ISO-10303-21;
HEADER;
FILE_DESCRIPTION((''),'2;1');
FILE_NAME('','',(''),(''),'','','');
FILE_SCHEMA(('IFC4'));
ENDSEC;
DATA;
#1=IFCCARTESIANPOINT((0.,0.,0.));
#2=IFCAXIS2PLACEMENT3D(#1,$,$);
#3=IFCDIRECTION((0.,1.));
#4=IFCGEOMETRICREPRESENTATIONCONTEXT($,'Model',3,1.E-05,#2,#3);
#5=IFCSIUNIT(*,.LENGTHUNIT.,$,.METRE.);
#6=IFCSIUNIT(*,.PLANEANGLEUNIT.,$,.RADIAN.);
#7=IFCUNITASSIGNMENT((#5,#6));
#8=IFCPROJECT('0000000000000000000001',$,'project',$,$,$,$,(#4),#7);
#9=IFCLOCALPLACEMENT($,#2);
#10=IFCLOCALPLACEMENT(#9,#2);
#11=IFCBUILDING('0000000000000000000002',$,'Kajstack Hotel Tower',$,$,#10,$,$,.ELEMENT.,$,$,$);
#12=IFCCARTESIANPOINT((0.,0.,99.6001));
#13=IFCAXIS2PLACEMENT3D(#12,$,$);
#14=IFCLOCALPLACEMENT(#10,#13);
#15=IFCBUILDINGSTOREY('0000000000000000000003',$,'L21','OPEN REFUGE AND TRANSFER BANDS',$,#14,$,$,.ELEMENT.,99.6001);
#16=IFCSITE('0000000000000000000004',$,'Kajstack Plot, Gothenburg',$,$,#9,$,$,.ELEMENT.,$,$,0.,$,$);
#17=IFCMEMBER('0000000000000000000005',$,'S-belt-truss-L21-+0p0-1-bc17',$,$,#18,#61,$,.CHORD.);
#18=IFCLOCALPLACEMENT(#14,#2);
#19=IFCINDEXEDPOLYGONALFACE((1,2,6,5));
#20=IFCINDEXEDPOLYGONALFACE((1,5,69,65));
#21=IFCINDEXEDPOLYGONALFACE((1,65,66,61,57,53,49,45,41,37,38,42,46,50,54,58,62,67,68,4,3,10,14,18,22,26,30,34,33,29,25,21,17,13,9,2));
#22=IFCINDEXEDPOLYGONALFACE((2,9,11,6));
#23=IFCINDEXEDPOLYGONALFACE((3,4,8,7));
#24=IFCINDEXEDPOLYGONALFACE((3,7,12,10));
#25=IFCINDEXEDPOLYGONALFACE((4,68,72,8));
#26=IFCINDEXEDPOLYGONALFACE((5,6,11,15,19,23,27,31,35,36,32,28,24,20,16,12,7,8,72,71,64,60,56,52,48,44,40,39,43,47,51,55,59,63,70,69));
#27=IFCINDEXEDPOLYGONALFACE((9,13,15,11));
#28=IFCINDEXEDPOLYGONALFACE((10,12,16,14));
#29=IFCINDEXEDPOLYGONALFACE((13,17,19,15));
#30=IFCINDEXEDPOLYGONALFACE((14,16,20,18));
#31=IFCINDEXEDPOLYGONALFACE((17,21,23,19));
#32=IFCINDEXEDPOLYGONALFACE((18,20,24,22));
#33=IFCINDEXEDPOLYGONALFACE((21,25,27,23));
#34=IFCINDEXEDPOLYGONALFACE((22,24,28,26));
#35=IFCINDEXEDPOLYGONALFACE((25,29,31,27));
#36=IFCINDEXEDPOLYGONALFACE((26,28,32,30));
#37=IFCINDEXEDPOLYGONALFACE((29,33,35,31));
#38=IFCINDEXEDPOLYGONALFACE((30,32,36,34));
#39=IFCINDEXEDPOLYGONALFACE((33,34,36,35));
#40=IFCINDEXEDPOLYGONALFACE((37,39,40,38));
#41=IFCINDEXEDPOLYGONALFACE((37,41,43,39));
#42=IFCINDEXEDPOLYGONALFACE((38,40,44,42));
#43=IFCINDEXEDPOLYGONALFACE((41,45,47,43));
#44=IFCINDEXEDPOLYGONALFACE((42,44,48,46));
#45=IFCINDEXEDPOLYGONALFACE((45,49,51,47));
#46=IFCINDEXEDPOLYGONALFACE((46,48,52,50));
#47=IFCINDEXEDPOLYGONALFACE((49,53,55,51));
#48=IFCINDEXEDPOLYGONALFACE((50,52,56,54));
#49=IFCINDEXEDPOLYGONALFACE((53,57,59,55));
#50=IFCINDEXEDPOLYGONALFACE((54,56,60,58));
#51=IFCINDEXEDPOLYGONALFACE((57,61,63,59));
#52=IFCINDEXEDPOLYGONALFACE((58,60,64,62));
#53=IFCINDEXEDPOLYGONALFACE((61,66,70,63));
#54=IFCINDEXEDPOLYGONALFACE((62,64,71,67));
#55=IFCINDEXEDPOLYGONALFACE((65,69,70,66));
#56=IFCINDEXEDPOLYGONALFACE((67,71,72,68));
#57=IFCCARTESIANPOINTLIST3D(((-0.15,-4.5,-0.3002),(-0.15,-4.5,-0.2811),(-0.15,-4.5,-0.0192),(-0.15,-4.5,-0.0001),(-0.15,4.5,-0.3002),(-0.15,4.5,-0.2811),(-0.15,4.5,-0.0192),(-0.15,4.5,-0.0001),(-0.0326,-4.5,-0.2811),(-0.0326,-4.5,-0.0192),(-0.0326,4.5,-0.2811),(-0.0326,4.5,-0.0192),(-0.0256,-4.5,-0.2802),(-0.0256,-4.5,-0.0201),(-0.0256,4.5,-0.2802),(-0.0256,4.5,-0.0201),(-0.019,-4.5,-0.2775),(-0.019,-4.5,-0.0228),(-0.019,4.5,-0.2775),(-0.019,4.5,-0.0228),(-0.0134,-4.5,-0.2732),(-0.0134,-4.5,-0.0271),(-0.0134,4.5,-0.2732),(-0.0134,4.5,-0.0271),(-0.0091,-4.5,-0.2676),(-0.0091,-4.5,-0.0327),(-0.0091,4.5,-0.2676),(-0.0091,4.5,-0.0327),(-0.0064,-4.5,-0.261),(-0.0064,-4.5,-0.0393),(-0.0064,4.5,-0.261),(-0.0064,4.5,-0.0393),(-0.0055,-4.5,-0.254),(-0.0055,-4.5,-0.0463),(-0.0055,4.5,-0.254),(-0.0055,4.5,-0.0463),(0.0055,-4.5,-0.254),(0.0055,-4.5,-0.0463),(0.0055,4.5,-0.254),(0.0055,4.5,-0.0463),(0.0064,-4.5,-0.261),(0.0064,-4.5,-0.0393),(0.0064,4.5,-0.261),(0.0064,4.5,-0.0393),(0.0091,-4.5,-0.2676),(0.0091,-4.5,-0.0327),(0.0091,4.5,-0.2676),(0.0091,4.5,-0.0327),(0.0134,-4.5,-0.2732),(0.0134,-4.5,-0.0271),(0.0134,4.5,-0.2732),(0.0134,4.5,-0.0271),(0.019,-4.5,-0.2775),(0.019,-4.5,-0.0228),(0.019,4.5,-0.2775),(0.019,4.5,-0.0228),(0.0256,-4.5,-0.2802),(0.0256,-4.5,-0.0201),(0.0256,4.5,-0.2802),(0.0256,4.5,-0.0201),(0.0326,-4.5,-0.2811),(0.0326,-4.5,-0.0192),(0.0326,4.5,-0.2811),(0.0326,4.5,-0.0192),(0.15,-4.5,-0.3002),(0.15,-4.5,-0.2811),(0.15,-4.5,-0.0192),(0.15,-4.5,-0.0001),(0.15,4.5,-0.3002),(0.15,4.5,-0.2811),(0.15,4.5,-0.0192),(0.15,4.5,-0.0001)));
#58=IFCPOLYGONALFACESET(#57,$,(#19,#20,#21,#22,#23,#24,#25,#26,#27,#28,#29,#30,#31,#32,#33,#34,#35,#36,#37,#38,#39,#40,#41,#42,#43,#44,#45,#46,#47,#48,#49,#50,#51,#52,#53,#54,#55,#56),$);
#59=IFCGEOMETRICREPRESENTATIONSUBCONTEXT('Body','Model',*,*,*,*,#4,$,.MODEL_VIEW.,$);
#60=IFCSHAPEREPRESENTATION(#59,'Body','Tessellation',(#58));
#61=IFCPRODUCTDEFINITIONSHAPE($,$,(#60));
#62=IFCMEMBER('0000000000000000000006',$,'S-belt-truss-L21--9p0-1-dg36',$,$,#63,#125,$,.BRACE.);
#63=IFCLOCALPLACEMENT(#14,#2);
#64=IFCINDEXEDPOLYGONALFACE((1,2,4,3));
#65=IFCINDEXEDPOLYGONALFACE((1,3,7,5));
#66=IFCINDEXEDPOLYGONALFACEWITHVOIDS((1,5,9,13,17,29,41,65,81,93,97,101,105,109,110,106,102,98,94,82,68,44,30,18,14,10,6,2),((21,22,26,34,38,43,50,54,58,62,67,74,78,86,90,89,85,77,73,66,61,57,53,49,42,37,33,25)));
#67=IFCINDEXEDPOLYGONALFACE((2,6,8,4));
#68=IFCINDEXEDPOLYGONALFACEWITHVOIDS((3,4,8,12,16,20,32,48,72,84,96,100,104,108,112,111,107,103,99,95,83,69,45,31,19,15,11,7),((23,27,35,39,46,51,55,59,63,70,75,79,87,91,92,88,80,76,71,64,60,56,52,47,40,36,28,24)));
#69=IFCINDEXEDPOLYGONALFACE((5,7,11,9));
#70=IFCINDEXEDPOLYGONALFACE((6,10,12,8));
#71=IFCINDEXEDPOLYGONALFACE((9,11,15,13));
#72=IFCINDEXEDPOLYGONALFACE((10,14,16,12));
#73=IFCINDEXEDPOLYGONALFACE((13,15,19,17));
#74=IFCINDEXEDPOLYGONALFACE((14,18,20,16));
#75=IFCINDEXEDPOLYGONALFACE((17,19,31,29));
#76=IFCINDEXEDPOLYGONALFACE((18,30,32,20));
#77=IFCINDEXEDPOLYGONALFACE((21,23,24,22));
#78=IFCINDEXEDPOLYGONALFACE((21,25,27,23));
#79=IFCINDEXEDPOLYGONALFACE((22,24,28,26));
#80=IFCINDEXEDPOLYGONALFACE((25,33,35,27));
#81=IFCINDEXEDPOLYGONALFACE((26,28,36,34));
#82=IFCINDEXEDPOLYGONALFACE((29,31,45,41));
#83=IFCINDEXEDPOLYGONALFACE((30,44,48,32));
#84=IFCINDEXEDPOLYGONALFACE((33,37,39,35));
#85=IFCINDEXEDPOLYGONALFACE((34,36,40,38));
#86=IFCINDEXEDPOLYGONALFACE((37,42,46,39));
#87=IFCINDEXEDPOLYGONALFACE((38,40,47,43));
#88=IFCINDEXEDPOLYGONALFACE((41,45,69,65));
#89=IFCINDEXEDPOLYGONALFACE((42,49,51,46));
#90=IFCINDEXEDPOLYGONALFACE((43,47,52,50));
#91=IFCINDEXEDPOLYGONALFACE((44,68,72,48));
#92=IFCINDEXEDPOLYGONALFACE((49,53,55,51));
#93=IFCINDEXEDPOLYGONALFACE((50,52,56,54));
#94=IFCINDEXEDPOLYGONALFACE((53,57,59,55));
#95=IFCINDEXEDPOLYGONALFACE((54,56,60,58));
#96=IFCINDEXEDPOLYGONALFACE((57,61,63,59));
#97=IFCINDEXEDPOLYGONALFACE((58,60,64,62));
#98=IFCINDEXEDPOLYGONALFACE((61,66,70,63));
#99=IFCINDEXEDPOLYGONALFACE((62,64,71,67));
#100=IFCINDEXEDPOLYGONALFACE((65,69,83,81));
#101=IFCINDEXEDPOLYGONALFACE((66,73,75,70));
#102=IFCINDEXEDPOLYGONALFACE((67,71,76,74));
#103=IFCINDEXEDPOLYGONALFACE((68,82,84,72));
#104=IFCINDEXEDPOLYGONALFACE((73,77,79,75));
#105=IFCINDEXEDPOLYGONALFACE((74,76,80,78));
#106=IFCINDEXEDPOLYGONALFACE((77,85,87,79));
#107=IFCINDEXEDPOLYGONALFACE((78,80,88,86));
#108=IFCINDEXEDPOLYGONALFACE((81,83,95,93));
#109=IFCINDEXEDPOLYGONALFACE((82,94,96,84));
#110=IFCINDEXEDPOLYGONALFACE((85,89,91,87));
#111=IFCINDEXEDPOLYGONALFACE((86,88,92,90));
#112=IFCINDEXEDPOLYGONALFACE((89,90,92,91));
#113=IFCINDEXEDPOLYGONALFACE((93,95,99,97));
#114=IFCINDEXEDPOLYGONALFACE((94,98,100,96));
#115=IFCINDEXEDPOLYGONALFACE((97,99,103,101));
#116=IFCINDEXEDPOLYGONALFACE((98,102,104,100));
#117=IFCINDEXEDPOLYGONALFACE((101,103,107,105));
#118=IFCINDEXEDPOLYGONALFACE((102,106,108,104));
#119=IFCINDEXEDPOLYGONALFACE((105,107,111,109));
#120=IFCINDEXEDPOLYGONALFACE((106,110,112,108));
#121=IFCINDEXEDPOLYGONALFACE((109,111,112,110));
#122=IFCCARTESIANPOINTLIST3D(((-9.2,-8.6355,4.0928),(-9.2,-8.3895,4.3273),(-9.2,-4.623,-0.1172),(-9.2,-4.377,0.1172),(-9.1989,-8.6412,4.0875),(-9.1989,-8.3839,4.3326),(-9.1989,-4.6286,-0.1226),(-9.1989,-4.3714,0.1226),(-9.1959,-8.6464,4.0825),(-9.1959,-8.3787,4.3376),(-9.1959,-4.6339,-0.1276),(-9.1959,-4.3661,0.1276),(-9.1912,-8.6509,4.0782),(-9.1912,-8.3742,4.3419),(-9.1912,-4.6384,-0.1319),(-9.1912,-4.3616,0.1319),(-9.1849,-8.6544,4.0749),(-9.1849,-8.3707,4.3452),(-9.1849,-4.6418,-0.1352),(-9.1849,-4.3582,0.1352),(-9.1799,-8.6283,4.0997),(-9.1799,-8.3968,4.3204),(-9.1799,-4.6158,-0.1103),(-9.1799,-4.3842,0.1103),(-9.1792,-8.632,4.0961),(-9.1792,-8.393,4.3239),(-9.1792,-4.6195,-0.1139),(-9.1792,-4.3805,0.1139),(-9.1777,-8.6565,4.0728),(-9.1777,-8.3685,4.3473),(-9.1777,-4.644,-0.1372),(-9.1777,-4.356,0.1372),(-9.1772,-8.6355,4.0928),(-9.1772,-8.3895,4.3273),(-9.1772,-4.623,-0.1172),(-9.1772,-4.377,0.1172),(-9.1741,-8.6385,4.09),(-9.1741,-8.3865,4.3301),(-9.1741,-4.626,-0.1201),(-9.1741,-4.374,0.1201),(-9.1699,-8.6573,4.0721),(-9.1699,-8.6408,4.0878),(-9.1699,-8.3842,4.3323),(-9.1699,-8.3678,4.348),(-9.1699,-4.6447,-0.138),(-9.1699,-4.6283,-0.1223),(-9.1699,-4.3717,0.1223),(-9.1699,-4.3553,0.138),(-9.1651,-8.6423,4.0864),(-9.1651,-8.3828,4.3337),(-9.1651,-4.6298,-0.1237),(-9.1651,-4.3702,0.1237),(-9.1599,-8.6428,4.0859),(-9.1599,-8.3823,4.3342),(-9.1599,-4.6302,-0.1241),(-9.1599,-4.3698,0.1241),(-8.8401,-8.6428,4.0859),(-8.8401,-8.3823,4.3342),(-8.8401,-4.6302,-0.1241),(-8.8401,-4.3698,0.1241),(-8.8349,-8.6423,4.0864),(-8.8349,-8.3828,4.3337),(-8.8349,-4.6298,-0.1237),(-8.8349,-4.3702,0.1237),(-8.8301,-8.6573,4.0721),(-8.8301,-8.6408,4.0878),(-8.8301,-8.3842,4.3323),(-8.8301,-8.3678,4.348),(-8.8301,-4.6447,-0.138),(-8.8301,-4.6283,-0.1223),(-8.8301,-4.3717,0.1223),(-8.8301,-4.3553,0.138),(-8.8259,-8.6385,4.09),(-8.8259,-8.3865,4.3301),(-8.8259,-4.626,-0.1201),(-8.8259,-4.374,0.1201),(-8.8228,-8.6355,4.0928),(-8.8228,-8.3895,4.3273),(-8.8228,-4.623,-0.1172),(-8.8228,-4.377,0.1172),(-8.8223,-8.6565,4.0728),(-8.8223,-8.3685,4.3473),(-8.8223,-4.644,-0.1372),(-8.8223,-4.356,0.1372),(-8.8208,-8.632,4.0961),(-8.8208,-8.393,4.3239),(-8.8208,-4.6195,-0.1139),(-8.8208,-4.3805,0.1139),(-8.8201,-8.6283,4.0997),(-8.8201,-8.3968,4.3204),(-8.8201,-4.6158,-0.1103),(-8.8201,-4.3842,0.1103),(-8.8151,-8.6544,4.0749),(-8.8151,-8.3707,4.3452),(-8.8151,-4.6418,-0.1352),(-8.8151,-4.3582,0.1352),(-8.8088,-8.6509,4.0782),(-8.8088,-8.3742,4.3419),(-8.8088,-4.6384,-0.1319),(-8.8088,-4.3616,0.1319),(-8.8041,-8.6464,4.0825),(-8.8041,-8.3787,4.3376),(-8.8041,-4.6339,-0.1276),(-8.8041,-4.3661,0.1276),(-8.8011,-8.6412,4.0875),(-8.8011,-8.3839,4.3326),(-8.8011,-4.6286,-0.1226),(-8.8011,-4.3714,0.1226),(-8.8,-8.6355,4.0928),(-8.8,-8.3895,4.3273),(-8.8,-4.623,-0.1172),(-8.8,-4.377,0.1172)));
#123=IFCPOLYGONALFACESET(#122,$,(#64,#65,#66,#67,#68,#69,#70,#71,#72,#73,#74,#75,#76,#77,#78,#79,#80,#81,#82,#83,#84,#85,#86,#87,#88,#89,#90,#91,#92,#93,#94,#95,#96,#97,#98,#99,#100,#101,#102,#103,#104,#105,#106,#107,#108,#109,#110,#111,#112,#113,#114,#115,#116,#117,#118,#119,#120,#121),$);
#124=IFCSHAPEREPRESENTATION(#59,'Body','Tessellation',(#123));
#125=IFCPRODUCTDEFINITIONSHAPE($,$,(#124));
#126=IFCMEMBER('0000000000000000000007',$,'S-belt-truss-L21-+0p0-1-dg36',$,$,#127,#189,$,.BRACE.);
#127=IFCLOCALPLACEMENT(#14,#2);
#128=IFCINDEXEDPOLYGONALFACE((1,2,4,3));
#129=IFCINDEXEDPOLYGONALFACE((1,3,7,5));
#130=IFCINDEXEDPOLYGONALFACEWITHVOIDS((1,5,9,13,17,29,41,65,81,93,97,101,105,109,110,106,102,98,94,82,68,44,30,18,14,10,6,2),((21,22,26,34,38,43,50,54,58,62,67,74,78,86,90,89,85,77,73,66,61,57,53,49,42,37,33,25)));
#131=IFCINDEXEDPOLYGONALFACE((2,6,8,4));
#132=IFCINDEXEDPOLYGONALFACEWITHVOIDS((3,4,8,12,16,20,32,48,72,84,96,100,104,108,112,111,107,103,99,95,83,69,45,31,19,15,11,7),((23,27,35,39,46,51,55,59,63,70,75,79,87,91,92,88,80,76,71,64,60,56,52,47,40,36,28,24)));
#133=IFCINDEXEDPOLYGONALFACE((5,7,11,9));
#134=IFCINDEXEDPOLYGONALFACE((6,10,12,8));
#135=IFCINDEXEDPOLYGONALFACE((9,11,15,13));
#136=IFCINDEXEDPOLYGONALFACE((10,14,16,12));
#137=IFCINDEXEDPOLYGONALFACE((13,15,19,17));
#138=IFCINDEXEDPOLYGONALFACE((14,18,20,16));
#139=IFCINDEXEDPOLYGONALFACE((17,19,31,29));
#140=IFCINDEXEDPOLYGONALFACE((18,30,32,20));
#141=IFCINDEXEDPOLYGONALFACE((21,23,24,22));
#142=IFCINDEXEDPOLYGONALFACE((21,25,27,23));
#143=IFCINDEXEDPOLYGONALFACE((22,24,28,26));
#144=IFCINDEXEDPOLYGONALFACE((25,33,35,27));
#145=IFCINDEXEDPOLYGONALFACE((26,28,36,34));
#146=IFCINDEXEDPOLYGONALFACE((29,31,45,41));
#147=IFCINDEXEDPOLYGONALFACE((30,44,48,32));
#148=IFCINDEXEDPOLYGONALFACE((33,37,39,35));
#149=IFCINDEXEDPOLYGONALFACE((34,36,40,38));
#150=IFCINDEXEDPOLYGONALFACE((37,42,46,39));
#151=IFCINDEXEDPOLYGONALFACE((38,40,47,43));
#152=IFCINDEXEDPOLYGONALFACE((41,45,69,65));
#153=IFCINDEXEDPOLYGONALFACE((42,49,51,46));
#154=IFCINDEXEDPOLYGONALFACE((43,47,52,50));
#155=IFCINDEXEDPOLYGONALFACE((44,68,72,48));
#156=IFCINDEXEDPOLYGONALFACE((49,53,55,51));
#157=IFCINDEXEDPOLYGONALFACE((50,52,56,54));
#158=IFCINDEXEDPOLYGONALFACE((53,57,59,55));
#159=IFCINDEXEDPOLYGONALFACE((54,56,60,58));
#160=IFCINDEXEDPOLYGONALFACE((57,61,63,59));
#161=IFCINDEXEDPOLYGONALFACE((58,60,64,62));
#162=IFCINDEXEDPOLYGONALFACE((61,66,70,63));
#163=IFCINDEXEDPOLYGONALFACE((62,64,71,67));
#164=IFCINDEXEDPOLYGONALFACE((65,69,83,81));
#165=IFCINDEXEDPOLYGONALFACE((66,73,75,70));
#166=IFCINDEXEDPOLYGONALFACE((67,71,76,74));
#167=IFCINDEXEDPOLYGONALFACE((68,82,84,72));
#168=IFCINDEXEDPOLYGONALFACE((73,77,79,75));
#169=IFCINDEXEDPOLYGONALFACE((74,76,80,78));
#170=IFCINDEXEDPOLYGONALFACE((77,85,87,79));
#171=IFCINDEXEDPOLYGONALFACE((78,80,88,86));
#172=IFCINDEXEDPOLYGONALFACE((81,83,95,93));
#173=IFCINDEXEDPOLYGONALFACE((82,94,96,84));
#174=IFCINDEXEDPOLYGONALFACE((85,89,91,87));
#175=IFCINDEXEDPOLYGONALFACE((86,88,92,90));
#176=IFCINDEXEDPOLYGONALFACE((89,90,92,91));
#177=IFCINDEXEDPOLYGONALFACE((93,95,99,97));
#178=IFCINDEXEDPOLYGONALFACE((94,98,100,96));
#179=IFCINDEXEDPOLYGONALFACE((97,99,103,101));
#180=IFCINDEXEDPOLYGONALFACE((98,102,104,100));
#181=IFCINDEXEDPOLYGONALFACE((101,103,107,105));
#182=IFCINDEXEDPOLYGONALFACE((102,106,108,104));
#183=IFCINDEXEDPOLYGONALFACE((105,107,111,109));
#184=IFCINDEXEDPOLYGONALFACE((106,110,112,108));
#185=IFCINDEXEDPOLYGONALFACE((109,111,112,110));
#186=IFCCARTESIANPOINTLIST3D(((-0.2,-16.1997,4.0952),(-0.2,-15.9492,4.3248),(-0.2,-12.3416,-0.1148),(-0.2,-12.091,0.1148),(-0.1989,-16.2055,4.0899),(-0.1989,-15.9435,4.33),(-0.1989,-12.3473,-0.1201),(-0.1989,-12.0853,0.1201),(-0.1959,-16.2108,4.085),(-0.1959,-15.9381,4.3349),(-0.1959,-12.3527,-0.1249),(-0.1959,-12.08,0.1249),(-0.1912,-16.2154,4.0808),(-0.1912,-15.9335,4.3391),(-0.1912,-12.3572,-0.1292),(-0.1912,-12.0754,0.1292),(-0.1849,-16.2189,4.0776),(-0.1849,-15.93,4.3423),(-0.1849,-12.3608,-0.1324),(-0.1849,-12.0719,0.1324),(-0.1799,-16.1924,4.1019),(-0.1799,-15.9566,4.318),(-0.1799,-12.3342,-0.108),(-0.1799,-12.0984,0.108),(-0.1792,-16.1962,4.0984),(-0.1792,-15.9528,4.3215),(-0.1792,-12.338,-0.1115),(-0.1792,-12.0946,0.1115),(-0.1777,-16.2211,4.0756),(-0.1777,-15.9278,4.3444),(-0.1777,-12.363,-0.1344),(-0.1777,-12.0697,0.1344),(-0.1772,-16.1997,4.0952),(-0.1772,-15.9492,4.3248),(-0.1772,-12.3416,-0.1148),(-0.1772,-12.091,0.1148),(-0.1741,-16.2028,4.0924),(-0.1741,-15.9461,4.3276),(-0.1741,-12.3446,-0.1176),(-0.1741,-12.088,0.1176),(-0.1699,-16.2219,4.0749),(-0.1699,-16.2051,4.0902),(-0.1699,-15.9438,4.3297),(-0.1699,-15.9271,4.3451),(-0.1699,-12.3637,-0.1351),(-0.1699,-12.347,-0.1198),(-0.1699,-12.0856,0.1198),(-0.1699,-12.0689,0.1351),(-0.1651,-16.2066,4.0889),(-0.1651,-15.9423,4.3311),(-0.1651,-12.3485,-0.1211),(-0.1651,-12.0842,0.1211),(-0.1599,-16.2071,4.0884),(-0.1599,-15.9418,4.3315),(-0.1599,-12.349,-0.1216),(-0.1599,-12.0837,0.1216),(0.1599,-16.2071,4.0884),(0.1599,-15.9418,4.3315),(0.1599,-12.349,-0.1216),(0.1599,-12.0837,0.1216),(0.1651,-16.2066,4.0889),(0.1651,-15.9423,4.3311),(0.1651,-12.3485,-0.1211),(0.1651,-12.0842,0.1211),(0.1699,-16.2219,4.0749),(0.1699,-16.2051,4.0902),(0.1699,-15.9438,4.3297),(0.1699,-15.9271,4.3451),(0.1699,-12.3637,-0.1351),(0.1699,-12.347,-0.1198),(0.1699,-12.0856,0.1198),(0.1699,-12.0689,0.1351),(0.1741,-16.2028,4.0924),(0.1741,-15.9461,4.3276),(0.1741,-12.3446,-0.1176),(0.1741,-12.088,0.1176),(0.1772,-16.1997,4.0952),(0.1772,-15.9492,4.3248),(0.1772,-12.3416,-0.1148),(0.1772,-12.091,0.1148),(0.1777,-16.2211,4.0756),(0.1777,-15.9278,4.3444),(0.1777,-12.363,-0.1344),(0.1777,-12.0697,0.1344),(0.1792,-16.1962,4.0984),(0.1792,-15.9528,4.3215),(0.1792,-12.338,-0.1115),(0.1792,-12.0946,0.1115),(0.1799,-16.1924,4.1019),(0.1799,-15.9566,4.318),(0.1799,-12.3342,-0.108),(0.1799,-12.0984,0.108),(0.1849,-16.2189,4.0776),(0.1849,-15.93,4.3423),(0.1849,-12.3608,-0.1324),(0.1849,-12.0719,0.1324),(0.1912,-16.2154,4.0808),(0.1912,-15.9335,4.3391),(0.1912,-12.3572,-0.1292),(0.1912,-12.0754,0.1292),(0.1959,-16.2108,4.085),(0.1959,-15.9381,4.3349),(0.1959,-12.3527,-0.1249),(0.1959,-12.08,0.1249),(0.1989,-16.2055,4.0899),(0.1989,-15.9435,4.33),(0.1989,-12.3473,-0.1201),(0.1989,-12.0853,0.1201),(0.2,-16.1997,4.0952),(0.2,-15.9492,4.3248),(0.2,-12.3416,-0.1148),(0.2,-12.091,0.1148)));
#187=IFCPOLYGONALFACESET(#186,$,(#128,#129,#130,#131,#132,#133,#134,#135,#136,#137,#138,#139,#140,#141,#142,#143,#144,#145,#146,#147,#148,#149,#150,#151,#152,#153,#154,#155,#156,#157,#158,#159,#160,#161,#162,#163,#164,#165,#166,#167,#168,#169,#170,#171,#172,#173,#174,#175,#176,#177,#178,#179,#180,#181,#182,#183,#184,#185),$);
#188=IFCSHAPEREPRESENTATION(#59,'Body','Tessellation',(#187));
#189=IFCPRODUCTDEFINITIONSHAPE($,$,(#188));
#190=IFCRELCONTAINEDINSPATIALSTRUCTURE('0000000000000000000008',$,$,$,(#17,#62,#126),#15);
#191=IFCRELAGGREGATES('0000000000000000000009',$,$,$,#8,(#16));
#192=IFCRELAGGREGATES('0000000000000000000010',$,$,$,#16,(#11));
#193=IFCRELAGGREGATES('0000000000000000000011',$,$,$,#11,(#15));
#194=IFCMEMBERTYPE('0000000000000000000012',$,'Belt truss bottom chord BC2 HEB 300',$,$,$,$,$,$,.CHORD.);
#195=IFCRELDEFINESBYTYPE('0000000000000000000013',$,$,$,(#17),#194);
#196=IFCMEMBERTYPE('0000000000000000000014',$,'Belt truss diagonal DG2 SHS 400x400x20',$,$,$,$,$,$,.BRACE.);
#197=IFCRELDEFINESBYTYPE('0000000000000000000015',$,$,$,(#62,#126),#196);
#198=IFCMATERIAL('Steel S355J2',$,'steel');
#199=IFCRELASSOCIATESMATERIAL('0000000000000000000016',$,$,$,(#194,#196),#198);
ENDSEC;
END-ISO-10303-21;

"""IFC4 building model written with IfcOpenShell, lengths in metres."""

from ifc_helpers import new_model, si_unit, direction, frame, origin, origin_2d, place, context, subcontext, project, spatial, hollow_rectangle, i_section, extrude, material, material_profile, profile_set, type_object, element, save


model = new_model("IFC4")

# Units and contexts
model_context = context("Model", 3, precision=1e-05, world=origin(), true_north=direction((0.0, 1.0)))
body_context = subcontext(model_context, "Body", "Model", "MODEL_VIEW")
ifc_project = project(units=[si_unit("LENGTHUNIT", "METRE"), si_unit("PLANEANGLEUNIT", "RADIAN")], contexts=[model_context])

# Site, building, storey
site_placement = place(None, origin())
site = spatial("IfcSite", under=ifc_project, at=site_placement, Name="Kajstack Plot, Gothenburg", CompositionType="ELEMENT", RefElevation=0.0)
building_placement = place(site_placement, origin())
building = spatial("IfcBuilding", under=site, at=building_placement, Name="Kajstack Hotel Tower", CompositionType="ELEMENT")
storey_placement = place(building_placement, frame((0.0, 0.0, 99.6001)))
storey = spatial("IfcBuildingStorey", under=building, at=storey_placement, Name="L21", Description="OPEN REFUGE AND TRANSFER BANDS", CompositionType="ELEMENT", Elevation=99.6001)

# Members
ifc_material_1 = material(Name="Steel S355J2", Category="steel")
ifc_material_profile_1 = material_profile(ifc_material_1, i_section(OverallWidth=0.3, OverallDepth=0.3, WebThickness=0.011, FlangeThickness=0.019, FilletRadius=0.0271, at=origin_2d()), Name="HEB 300")
ifc_profile_set_1 = profile_set([ifc_material_profile_1], Name="Steel S355J2")
member_type_1 = type_object("IfcMemberType", Name="Belt truss bottom chord BC2 HEB 300", PredefinedType="CHORD", material=ifc_profile_set_1)
member_1_placement = place(storey_placement, frame((0.0, -4.5, -0.1501), z_axis=(0.0, 1.0, 0.0), x_axis=(-1.0, 0.0, 0.0)))
element("IfcMember", 1, at=member_1_placement, inside=storey, type_object=member_type_1, Name="S-belt-truss-L21-+0p0-1-bc17", PredefinedType="CHORD", context=body_context, shape_type="SweptSolid", body=[
    extrude(i_section(OverallWidth=0.3, OverallDepth=0.3, WebThickness=0.011, FlangeThickness=0.019, FilletRadius=0.0271, at=origin_2d()), origin(), (0.0, 0.0, 1.0), 9.0),
])
ifc_material_profile_2 = material_profile(ifc_material_1, hollow_rectangle(XDim=0.3999, YDim=0.3999, WallThickness=0.02, InnerFilletRadius=0.02, OuterFilletRadius=0.03, at=origin_2d()), Name="SHS 400x400x20")
ifc_profile_set_2 = profile_set([ifc_material_profile_2], Name="Steel S355J2")
member_type_2 = type_object("IfcMemberType", Name="Belt truss diagonal DG2 SHS 400x400x20", PredefinedType="BRACE", material=ifc_profile_set_2)
member_2_placement = place(storey_placement, frame((-9.0, -4.5, 0.0), z_axis=(0.0, -0.689922, 0.723883), x_axis=(1.0, 0.0, 0.0)))
element("IfcMember", 2, at=member_2_placement, inside=storey, type_object=member_type_2, Name="S-belt-truss-L21--9p0-1-dg36", PredefinedType="BRACE", context=body_context, shape_type="SweptSolid", body=[
    extrude(hollow_rectangle(XDim=0.3999, YDim=0.3999, WallThickness=0.02, InnerFilletRadius=0.02, OuterFilletRadius=0.03, at=origin_2d()), origin(), (0.0, 0.0, 1.0), 5.8159),
])
for number, where, z_axis, x_axis, name in (
    (3, (0.0, -12.2163, 0.0), (0.0, -0.675632, 0.737239), (1.0, 0.0, 0.0), "S-belt-truss-L21-+0p0-1-dg36"),
):
    element("IfcMember", number, at=place(storey_placement, frame(where, z_axis=z_axis, x_axis=x_axis)), inside=storey, type_object=member_type_2, Name=name, PredefinedType="BRACE", context=body_context, shape_type="SweptSolid", body=[
        extrude(hollow_rectangle(XDim=0.3999, YDim=0.3999, WallThickness=0.02, InnerFilletRadius=0.02, OuterFilletRadius=0.03, at=origin_2d()), origin(), (0.0, 0.0, 1.0), 5.7104),
    ])

save(model, "model.ifc")
